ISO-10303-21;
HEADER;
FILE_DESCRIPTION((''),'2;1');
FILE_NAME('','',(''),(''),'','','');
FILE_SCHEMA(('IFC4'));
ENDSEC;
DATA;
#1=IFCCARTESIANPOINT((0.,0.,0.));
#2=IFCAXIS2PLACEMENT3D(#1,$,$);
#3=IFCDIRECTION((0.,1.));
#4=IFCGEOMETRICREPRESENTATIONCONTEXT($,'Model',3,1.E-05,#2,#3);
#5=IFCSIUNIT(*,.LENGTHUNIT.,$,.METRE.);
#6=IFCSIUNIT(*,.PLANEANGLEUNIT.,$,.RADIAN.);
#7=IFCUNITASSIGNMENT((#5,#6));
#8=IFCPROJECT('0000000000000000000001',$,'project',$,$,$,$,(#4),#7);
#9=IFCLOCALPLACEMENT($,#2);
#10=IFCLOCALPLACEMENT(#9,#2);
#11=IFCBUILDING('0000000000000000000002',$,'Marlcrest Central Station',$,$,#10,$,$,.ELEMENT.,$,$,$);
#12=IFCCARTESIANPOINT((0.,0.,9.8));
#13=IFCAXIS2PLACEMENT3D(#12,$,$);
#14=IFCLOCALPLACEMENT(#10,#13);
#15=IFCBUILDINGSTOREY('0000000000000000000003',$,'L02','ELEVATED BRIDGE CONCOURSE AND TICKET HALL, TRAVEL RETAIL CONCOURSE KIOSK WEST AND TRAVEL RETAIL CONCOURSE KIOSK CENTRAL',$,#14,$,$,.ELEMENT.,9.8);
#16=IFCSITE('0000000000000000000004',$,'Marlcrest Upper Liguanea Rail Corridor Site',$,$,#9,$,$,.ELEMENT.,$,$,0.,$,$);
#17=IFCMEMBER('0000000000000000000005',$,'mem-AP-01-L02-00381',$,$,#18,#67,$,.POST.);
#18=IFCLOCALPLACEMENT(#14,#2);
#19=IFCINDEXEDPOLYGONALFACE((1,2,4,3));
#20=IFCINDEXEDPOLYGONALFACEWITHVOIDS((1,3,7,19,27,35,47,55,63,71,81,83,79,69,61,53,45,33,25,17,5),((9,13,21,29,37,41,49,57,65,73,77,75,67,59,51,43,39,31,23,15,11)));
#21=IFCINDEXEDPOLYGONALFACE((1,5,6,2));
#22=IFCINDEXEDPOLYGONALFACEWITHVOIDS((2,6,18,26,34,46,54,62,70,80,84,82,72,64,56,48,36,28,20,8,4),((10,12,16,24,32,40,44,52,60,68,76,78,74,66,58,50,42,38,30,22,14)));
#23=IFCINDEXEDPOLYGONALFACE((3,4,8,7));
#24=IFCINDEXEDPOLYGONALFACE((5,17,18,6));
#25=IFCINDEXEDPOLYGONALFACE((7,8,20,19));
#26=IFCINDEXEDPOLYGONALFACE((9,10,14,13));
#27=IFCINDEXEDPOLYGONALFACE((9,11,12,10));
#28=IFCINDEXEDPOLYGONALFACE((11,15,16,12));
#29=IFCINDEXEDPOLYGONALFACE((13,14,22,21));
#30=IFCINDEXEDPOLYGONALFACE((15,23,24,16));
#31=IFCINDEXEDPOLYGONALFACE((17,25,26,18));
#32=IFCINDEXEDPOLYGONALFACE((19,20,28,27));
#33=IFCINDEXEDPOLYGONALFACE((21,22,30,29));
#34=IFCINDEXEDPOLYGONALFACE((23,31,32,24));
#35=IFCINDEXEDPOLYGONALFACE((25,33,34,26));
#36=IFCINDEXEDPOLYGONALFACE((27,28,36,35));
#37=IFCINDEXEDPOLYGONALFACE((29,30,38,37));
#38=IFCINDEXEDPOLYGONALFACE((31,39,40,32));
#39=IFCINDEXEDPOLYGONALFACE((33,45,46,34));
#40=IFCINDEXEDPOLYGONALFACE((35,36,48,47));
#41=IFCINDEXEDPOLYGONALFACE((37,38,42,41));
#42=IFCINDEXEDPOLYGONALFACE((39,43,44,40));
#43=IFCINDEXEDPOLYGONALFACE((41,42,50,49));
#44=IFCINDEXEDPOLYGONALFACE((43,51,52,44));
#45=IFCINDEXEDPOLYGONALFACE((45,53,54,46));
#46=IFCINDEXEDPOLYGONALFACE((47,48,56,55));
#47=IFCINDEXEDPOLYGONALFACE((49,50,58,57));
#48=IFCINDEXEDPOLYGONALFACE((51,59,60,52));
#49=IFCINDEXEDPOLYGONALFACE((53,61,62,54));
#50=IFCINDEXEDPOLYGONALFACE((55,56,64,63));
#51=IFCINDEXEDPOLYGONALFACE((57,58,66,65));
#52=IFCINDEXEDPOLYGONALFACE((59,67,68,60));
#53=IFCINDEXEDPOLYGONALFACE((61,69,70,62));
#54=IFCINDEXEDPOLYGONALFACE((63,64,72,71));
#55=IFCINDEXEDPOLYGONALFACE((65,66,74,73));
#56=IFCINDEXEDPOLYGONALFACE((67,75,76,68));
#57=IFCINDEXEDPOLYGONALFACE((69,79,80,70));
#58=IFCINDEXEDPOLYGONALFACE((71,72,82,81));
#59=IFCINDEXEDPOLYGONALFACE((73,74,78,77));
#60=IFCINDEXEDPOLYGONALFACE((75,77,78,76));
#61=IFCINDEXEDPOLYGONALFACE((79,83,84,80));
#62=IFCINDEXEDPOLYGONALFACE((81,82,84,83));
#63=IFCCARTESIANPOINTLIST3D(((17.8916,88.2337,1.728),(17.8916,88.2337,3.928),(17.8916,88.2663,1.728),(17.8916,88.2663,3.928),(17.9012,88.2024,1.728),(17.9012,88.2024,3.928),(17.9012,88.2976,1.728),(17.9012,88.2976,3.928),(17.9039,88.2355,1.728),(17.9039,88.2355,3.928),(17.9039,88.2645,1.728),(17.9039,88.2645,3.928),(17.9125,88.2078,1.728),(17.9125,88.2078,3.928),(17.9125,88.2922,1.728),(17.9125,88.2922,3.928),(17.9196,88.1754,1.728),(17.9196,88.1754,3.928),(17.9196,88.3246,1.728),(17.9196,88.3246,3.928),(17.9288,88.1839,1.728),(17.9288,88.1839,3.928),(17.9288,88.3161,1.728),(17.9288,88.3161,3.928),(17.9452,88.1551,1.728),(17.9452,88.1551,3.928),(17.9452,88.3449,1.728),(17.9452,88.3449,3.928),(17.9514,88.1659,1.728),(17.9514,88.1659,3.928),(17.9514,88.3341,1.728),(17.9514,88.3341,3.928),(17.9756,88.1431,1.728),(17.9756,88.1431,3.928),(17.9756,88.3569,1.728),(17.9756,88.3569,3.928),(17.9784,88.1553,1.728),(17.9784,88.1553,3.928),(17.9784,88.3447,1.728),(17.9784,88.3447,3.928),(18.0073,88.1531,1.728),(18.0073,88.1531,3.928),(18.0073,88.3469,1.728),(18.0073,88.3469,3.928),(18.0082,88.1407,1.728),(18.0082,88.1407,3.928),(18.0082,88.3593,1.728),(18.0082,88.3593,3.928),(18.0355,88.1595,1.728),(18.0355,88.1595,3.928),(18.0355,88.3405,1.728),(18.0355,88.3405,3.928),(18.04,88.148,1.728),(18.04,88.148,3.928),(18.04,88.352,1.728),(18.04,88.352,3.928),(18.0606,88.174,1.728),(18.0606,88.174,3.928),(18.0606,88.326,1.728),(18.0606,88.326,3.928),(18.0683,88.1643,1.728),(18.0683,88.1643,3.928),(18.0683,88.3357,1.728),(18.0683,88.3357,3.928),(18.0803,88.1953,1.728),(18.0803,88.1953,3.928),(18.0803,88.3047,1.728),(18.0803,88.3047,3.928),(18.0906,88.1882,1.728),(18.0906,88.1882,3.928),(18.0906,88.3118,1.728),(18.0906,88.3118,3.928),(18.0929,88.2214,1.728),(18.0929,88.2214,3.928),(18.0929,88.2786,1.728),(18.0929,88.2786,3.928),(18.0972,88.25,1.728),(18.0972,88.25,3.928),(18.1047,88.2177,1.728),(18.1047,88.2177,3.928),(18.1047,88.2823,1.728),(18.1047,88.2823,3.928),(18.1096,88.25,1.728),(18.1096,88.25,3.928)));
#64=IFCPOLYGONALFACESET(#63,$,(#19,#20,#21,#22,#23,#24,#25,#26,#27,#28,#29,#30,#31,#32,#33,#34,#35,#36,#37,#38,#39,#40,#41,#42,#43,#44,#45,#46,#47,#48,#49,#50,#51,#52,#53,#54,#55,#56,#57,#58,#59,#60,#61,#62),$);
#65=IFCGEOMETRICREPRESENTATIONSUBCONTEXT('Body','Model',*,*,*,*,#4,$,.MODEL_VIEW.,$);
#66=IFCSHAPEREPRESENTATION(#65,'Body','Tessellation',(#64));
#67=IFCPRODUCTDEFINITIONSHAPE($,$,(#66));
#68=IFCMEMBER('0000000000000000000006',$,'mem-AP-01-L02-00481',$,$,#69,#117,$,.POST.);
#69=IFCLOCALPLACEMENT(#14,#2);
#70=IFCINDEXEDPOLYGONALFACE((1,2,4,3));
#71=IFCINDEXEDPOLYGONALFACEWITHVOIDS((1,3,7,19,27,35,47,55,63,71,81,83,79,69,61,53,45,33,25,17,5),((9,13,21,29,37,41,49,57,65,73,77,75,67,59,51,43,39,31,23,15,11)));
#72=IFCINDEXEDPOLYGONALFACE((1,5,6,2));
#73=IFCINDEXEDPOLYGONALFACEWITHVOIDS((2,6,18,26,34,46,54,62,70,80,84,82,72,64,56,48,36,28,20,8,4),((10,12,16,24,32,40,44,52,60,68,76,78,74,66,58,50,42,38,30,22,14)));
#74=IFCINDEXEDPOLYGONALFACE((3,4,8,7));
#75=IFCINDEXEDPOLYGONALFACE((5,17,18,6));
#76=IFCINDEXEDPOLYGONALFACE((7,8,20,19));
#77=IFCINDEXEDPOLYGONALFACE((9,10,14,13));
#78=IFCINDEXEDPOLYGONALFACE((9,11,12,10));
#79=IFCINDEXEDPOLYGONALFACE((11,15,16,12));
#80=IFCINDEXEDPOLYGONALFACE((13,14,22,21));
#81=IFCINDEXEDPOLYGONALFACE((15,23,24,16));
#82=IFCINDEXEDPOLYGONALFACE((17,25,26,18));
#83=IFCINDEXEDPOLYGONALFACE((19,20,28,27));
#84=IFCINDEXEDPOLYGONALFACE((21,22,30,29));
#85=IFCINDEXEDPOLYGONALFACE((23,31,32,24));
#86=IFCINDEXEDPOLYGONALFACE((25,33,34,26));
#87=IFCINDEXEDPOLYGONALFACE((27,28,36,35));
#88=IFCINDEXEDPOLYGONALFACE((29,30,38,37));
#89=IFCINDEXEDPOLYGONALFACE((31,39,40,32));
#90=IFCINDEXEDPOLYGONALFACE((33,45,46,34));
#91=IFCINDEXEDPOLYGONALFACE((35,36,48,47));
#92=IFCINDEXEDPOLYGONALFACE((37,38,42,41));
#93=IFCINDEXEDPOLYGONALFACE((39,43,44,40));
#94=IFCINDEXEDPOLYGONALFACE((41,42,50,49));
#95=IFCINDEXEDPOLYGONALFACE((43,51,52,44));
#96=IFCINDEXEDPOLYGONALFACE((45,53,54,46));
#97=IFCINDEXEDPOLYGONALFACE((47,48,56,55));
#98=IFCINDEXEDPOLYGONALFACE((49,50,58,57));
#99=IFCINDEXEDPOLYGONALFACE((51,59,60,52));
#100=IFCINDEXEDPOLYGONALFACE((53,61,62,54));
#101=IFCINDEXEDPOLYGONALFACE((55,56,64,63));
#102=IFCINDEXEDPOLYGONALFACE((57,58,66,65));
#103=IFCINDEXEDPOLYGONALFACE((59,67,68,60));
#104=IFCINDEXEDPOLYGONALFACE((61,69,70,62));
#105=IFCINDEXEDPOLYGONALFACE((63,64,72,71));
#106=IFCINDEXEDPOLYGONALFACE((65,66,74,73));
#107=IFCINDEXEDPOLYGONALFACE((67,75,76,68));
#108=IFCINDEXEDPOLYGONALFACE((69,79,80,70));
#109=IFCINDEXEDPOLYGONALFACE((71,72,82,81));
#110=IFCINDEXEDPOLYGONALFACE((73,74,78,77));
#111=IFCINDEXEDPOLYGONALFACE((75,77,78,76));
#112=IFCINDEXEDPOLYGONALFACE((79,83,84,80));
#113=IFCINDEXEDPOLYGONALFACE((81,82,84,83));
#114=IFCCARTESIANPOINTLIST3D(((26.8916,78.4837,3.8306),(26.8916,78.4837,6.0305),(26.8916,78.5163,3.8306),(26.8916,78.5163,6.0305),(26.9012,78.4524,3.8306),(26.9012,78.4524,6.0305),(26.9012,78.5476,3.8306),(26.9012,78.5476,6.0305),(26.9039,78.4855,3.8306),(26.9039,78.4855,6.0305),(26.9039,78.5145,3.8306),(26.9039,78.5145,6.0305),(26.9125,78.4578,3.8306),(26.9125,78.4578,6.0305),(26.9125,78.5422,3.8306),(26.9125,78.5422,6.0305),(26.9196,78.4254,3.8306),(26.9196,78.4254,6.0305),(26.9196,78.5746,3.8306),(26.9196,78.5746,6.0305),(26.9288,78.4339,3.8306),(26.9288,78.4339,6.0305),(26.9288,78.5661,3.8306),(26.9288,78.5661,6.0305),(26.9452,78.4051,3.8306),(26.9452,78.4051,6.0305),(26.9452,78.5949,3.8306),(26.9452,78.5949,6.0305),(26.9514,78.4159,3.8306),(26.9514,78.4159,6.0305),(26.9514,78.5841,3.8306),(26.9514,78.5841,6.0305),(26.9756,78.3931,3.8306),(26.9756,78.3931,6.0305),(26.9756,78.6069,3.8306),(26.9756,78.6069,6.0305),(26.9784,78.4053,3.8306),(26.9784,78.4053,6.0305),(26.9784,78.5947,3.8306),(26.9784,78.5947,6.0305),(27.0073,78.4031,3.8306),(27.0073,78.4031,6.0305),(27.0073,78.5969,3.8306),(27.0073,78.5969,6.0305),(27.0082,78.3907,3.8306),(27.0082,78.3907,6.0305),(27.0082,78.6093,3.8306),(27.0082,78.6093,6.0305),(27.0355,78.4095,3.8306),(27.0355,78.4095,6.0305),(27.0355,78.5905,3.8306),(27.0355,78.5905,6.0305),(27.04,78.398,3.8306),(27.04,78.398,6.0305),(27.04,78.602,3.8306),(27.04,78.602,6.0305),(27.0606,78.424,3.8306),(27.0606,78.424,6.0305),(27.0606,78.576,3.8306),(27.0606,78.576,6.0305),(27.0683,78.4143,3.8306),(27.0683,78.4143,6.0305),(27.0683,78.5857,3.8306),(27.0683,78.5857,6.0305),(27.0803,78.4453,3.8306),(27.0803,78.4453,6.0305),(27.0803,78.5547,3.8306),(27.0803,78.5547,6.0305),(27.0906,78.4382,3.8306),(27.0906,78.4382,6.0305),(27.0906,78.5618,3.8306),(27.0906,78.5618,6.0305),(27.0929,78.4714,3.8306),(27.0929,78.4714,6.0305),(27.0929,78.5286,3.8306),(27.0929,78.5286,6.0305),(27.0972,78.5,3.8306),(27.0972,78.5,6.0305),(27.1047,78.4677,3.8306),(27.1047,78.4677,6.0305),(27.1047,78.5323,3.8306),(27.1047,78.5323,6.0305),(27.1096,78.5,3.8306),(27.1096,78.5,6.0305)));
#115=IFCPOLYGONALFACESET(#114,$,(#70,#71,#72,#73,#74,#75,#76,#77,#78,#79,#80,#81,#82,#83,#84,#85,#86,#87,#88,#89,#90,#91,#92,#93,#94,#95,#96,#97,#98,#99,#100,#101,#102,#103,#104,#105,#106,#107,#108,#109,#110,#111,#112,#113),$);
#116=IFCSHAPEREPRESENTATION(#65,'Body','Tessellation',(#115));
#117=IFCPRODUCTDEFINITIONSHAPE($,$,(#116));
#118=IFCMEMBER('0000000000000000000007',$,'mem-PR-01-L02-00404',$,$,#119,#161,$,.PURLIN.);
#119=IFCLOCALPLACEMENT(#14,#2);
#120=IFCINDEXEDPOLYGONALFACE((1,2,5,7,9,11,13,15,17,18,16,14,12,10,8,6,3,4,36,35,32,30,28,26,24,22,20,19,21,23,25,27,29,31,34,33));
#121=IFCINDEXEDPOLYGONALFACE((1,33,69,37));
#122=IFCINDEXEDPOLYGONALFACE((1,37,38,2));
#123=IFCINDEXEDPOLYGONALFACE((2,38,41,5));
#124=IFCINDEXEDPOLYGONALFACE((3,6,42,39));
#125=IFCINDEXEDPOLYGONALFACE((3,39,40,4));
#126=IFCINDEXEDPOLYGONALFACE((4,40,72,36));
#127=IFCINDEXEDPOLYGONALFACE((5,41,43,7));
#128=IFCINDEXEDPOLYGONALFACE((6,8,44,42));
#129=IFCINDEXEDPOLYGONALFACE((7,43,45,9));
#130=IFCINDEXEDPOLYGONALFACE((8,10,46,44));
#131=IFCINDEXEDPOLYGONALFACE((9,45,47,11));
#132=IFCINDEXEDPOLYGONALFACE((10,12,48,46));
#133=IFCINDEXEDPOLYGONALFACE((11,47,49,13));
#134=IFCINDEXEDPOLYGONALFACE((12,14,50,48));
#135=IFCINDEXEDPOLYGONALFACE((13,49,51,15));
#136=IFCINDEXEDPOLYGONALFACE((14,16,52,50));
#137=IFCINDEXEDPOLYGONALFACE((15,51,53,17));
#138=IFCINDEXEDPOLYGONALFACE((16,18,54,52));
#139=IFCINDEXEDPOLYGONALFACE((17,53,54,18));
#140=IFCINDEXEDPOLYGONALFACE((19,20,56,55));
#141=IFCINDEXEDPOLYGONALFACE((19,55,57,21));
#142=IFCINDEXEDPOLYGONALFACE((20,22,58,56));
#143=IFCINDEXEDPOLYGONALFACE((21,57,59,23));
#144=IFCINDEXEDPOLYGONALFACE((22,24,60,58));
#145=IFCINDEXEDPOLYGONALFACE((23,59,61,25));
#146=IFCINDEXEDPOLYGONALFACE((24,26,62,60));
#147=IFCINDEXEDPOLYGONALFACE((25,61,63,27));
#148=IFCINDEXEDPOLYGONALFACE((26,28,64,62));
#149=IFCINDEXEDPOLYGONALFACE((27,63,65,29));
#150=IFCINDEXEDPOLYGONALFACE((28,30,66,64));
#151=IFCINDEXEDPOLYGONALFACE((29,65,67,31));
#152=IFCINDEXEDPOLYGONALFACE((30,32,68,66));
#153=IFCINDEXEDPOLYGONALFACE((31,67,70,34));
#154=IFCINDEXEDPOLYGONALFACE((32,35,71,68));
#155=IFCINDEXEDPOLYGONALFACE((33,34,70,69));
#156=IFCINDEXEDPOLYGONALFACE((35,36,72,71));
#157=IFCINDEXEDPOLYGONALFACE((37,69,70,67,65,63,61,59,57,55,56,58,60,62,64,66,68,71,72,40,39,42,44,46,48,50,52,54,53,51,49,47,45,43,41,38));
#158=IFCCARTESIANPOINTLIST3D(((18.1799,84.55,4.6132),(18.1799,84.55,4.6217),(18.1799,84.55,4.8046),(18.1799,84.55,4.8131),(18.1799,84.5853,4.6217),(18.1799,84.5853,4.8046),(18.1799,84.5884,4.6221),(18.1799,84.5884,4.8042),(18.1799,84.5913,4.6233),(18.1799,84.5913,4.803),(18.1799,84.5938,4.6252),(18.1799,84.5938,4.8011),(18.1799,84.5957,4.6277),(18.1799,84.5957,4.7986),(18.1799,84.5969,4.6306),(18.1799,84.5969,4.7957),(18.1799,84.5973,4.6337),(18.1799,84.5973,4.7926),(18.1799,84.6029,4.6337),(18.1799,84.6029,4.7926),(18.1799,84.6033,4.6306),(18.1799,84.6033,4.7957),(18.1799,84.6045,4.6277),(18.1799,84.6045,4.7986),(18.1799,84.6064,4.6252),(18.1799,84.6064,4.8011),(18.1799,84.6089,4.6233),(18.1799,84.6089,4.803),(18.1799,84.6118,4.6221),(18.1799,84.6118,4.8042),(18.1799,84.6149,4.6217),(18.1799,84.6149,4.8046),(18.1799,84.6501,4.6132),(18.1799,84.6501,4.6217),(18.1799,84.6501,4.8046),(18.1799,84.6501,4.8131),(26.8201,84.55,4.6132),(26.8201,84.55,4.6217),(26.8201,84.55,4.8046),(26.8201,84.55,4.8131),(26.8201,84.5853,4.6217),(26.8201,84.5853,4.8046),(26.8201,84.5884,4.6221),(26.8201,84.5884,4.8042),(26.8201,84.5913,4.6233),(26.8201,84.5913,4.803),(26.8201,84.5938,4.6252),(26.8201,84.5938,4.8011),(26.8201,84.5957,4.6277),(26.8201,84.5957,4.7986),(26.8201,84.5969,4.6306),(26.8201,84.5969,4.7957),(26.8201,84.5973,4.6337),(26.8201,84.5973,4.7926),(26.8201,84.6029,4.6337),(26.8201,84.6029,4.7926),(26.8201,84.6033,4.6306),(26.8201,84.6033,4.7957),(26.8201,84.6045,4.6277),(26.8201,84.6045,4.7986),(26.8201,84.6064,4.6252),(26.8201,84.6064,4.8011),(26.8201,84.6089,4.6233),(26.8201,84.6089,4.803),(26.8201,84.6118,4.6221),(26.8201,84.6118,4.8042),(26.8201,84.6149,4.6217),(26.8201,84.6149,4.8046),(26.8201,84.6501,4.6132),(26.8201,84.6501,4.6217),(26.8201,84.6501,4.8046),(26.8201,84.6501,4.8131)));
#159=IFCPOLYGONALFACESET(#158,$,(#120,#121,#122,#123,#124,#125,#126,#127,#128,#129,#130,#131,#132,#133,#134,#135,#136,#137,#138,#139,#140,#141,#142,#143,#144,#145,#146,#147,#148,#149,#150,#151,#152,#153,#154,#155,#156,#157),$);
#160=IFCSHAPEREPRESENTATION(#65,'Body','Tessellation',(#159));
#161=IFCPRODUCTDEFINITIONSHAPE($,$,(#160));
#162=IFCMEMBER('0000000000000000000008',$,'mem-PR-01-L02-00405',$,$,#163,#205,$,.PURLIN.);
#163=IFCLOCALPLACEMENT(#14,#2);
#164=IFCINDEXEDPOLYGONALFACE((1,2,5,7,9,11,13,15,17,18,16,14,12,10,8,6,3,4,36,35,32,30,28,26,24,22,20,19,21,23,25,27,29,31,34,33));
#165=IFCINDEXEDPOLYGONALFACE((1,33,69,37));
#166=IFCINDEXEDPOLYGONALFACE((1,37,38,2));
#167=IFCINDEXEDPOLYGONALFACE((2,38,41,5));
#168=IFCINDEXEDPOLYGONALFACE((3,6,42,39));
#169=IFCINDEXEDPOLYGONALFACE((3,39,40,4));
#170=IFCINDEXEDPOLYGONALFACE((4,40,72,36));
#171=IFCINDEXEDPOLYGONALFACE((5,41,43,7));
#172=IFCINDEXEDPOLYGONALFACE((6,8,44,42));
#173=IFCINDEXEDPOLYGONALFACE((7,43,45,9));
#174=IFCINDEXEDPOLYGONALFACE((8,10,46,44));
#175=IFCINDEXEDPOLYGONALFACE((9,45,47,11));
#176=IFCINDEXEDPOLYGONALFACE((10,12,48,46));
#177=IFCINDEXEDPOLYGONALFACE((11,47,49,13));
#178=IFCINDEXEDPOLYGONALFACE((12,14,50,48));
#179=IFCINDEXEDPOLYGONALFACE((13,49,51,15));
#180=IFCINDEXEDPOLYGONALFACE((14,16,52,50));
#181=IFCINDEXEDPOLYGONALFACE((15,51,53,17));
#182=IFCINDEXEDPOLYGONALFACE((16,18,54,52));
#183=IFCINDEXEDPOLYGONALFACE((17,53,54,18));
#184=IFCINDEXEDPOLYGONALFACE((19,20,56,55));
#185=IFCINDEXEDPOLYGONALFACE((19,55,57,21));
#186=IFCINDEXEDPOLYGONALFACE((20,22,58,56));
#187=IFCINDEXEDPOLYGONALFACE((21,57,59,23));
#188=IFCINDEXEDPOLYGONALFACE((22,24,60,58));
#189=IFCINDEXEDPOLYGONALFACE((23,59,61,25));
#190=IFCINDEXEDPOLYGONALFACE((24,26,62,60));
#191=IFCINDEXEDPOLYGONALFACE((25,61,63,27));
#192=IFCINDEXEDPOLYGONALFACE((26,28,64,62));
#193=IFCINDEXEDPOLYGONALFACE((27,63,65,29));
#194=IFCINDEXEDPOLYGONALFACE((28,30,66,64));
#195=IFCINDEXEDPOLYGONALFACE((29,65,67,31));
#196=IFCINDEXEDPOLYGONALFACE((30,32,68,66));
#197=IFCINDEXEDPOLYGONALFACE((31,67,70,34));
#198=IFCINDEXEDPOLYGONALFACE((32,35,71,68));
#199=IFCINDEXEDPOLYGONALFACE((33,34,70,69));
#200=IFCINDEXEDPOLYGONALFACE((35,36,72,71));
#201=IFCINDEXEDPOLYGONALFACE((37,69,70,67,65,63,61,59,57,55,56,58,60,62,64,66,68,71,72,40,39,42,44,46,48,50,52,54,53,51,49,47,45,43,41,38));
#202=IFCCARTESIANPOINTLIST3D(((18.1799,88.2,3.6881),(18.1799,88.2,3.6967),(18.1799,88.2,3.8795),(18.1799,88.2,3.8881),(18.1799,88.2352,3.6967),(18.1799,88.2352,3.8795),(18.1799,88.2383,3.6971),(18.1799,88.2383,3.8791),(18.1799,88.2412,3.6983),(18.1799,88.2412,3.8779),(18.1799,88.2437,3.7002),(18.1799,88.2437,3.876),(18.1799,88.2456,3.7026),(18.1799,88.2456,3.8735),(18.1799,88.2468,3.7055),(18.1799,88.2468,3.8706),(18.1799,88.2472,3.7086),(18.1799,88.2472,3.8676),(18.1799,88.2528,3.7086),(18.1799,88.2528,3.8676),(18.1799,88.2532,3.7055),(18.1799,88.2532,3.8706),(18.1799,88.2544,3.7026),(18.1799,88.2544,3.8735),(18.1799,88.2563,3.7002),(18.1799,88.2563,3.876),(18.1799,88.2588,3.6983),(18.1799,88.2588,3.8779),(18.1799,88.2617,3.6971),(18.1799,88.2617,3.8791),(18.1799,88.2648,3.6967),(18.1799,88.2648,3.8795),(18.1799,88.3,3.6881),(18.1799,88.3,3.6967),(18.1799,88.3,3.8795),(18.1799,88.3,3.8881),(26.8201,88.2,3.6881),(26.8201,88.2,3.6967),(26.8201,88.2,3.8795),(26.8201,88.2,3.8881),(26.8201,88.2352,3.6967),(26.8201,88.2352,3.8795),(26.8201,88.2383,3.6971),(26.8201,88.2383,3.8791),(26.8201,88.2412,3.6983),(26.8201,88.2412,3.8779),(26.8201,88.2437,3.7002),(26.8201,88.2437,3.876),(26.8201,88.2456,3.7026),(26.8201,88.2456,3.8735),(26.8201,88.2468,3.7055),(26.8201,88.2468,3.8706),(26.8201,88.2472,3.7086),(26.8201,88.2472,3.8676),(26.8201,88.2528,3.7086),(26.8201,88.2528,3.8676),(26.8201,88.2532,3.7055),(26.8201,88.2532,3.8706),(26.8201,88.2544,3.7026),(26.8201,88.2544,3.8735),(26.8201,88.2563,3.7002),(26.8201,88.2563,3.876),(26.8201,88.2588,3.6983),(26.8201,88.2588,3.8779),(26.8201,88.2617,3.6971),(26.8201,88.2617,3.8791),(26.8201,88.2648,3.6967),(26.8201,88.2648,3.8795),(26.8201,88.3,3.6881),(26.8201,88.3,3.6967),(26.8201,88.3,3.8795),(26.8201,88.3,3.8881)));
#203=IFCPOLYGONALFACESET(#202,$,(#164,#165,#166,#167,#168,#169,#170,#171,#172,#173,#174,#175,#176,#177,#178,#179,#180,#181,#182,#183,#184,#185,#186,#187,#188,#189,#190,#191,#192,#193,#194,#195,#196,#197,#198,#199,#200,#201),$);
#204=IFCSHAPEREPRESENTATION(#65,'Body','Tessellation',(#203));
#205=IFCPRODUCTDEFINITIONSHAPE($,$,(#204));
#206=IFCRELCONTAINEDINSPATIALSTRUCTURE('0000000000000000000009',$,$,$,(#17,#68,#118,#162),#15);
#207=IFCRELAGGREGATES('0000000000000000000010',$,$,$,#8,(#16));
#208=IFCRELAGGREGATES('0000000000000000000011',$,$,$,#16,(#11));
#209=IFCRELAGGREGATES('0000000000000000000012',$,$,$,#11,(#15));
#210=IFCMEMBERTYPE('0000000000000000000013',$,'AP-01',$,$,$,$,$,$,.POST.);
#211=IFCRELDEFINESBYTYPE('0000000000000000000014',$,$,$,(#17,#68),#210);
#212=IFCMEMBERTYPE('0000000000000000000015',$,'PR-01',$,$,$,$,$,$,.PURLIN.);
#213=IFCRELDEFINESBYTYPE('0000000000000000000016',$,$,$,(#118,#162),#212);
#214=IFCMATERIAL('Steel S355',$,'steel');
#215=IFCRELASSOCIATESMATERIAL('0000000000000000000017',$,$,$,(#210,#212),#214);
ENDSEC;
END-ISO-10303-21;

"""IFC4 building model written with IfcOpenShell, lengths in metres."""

from ifc_helpers import new_model, si_unit, direction, frame, origin, origin_2d, place, context, subcontext, project, spatial, hollow_circle, i_section, extrude, material, material_profile, profile_set, type_object, element, save


model = new_model("IFC4")

# Units and contexts
model_context = context("Model", 3, precision=1e-05, world=origin(), true_north=direction((0.0, 1.0)))
body_context = subcontext(model_context, "Body", "Model", "MODEL_VIEW")
ifc_project = project(units=[si_unit("LENGTHUNIT", "METRE"), si_unit("PLANEANGLEUNIT", "RADIAN")], contexts=[model_context])

# Site, building, storey
site_placement = place(None, origin())
site = spatial("IfcSite", under=ifc_project, at=site_placement, Name="Marlcrest Upper Liguanea Rail Corridor Site", CompositionType="ELEMENT", RefElevation=0.0)
building_placement = place(site_placement, origin())
building = spatial("IfcBuilding", under=site, at=building_placement, Name="Marlcrest Central Station", CompositionType="ELEMENT")
storey_placement = place(building_placement, frame((0.0, 0.0, 9.8)))
storey = spatial("IfcBuildingStorey", under=building, at=storey_placement, Name="L02", Description="ELEVATED BRIDGE CONCOURSE AND TICKET HALL, TRAVEL RETAIL CONCOURSE KIOSK WEST AND TRAVEL RETAIL CONCOURSE KIOSK CENTRAL", CompositionType="ELEMENT", Elevation=9.8)

# Members
ifc_material_1 = material(Name="Steel S355", Category="steel")
ifc_material_profile_1 = material_profile(ifc_material_1, hollow_circle(Radius=0.1096, WallThickness=0.0125, at=origin_2d()), Name="CHS 219.1x12.5")
ifc_profile_set_1 = profile_set([ifc_material_profile_1], Name="Steel S355")
member_type_1 = type_object("IfcMemberType", Name="AP-01", PredefinedType="POST", material=ifc_profile_set_1)
for number, where, z_axis, x_axis, name in (
    (1, (18.0, 88.25, 1.728), (0.0, 0.0, 1.0), (1.0, 0.0, 0.0), "mem-AP-01-L02-00381"),
    (2, (27.0, 78.5, 3.8306), (0.0, 0.0, 1.0), (1.0, 0.0, 0.0), "mem-AP-01-L02-00481"),
):
    element("IfcMember", number, at=place(storey_placement, frame(where, z_axis=z_axis, x_axis=x_axis)), inside=storey, type_object=member_type_1, Name=name, PredefinedType="POST", context=body_context, shape_type="SweptSolid", body=[
        extrude(hollow_circle(Radius=0.1096, WallThickness=0.0125, at=origin_2d()), origin(), (0.0, 0.0, 1.0), 2.2),
    ])
ifc_material_profile_2 = material_profile(ifc_material_1, i_section(OverallWidth=0.1001, OverallDepth=0.2, WebThickness=0.0056, FlangeThickness=0.0085, FilletRadius=0.012, at=origin_2d()), Name="IPE 200")
ifc_profile_set_2 = profile_set([ifc_material_profile_2], Name="Steel S355")
member_type_2 = type_object("IfcMemberType", Name="PR-01", PredefinedType="PURLIN", material=ifc_profile_set_2)
for number, where, z_axis, x_axis, name in (
    (3, (18.1799, 84.6001, 4.7131), (1.0, 0.0, 0.0), (0.0, 1.0, 0.0), "mem-PR-01-L02-00404"),
    (4, (18.1799, 88.25, 3.7881), (1.0, 0.0, 0.0), (0.0, 1.0, 0.0), "mem-PR-01-L02-00405"),
):
    element("IfcMember", number, at=place(storey_placement, frame(where, z_axis=z_axis, x_axis=x_axis)), inside=storey, type_object=member_type_2, Name=name, PredefinedType="PURLIN", context=body_context, shape_type="SweptSolid", body=[
        extrude(i_section(OverallWidth=0.1001, OverallDepth=0.2, WebThickness=0.0056, FlangeThickness=0.0085, FilletRadius=0.012, at=origin_2d()), origin(), (0.0, 0.0, 1.0), 8.6401),
    ])

save(model, "model.ifc")
